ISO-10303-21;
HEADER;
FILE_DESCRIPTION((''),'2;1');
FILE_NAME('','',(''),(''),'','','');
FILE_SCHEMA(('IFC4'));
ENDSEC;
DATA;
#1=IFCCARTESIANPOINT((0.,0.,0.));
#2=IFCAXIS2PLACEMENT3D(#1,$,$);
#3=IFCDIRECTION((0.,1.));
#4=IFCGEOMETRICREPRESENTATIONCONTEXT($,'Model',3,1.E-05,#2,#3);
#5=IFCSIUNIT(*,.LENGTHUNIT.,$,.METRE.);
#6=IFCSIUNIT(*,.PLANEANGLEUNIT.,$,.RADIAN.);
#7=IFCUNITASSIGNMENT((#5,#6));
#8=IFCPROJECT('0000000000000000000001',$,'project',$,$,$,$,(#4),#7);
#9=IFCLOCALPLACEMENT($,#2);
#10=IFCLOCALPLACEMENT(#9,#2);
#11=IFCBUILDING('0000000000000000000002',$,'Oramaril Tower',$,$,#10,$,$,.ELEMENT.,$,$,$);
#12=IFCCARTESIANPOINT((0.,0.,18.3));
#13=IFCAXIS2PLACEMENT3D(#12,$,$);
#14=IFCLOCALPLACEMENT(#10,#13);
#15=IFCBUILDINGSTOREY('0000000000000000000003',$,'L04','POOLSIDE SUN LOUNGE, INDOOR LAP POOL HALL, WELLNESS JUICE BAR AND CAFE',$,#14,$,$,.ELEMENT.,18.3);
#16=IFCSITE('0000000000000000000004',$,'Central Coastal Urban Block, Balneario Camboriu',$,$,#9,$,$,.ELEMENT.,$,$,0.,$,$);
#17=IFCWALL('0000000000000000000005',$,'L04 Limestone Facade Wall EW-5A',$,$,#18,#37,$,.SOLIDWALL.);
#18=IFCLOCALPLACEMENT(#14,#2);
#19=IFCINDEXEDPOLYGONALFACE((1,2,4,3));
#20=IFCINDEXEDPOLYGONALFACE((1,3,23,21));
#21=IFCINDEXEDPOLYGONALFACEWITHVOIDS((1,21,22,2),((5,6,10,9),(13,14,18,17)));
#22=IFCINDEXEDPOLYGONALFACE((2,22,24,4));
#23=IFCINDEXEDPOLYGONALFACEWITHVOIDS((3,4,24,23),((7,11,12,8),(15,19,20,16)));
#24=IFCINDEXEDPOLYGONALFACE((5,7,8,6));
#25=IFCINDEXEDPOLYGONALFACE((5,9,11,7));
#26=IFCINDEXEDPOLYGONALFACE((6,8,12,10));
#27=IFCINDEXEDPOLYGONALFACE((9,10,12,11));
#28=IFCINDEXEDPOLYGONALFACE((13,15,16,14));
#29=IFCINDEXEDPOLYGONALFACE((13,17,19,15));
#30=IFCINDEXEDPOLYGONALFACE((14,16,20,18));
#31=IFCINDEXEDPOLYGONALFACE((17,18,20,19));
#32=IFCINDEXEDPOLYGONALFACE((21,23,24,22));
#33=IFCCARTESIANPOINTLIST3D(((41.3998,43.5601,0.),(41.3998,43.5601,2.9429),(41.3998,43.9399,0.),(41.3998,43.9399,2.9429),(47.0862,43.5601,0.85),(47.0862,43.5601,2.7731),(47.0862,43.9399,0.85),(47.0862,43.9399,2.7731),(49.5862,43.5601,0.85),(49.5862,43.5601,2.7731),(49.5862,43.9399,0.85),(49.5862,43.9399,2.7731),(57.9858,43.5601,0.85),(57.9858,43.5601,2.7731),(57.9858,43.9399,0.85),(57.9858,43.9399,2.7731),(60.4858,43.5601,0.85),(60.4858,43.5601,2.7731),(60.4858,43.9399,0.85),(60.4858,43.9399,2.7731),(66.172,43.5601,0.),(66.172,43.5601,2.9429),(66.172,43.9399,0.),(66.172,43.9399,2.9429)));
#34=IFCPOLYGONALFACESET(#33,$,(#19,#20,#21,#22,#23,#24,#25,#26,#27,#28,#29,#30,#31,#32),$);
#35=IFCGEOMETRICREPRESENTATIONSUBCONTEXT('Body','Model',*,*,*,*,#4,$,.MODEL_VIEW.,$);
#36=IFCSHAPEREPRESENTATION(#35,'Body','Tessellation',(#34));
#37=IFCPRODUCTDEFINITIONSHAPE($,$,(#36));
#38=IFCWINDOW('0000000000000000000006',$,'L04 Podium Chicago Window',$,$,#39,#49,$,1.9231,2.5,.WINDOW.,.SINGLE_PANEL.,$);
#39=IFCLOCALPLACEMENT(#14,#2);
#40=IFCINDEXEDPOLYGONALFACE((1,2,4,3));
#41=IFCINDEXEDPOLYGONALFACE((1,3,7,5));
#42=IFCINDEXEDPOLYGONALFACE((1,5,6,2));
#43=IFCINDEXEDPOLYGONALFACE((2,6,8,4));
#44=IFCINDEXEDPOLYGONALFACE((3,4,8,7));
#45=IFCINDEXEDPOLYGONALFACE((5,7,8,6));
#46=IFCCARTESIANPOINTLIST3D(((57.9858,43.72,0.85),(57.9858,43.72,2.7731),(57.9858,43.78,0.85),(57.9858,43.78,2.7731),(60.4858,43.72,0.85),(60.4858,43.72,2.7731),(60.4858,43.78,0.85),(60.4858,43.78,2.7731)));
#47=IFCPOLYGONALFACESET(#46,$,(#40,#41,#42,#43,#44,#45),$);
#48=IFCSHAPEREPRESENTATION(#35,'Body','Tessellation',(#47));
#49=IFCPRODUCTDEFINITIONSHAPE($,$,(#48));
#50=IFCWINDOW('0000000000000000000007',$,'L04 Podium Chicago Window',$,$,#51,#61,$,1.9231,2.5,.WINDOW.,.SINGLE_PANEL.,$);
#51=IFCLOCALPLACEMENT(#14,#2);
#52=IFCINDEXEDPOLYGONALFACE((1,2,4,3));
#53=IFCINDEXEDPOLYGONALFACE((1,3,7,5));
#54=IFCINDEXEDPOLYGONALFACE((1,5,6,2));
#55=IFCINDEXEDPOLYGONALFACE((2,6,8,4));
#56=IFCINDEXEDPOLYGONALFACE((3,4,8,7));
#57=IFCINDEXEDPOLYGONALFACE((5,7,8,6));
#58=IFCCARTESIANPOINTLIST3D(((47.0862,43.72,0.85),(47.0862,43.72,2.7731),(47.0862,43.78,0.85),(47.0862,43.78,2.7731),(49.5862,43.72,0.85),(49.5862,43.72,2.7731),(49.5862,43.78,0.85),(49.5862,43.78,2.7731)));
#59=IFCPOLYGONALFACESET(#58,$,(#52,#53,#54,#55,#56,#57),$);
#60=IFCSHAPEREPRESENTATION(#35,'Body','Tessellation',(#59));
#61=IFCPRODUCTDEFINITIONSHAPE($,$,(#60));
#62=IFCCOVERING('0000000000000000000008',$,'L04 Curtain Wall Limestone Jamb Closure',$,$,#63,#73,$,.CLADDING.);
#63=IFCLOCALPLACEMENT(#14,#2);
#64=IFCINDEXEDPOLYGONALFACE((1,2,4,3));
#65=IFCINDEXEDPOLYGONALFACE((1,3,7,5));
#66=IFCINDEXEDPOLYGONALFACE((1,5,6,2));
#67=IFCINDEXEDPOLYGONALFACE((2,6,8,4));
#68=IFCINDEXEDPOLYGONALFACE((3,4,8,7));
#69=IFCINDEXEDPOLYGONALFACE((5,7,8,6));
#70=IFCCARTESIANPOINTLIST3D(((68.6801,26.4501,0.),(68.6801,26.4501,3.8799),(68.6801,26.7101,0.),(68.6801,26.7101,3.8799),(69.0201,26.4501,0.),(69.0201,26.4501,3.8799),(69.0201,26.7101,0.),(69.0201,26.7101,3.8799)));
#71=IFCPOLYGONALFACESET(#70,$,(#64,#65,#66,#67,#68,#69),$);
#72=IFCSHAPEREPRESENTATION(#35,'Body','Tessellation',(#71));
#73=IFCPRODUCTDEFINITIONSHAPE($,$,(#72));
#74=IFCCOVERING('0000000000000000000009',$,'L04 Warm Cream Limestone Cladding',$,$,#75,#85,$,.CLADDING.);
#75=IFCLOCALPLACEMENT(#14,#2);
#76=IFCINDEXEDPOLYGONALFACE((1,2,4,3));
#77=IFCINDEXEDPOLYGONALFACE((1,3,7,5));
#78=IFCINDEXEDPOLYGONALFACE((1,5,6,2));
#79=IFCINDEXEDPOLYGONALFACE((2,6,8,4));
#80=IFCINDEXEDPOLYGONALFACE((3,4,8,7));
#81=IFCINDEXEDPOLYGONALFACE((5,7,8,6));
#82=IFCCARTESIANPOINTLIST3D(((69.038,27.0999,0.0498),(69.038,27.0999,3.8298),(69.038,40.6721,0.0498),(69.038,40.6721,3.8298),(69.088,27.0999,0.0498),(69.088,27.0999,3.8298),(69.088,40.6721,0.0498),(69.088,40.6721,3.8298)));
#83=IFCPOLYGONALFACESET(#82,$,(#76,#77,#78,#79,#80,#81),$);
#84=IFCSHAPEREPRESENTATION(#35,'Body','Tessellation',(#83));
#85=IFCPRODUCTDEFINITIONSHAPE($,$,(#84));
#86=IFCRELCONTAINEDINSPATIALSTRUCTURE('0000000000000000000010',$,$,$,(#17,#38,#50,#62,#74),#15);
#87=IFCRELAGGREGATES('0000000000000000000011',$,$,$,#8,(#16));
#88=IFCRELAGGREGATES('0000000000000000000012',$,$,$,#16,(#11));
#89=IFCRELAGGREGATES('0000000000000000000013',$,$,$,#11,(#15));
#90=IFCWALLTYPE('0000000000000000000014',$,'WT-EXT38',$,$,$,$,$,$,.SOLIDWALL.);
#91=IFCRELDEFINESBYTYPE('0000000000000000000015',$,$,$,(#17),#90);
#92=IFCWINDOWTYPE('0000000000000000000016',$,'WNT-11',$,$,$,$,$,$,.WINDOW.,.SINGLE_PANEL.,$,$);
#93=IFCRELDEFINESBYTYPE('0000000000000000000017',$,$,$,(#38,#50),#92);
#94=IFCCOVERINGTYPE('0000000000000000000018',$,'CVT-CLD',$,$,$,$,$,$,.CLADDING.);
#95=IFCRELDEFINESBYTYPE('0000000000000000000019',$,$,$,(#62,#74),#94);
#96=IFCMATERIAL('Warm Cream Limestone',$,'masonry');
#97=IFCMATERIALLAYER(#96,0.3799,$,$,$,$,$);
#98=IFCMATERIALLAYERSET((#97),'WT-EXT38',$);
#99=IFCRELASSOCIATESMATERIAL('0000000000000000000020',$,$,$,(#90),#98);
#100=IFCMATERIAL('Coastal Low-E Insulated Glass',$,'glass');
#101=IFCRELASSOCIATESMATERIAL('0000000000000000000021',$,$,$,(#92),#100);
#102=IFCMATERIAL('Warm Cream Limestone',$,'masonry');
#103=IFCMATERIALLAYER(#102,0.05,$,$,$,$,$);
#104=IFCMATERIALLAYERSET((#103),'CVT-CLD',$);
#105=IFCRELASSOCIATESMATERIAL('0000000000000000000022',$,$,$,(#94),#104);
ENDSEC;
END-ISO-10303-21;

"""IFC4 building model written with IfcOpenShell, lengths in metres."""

from ifc_helpers import new_model, si_unit, direction, frame, frame_2d, origin, origin_2d, place, context, subcontext, project, spatial, rectangle, extrude, material, layer, layer_set, type_object, element, fill, save


model = new_model("IFC4")

# Units and contexts
model_context = context("Model", 3, precision=1e-05, world=origin(), true_north=direction((0.0, 1.0)))
body_context = subcontext(model_context, "Body", "Model", "MODEL_VIEW")
ifc_project = project(units=[si_unit("LENGTHUNIT", "METRE"), si_unit("PLANEANGLEUNIT", "RADIAN")], contexts=[model_context])

# Site, building, storey
site_placement = place(None, origin())
site = spatial("IfcSite", under=ifc_project, at=site_placement, Name="Central Coastal Urban Block, Balneario Camboriu", CompositionType="ELEMENT", RefElevation=0.0)
building_placement = place(site_placement, origin())
building = spatial("IfcBuilding", under=site, at=building_placement, Name="Oramaril Tower", CompositionType="ELEMENT")
storey_placement = place(building_placement, frame((0.0, 0.0, 18.3)))
storey = spatial("IfcBuildingStorey", under=building, at=storey_placement, Name="L04", Description="POOLSIDE SUN LOUNGE, INDOOR LAP POOL HALL, WELLNESS JUICE BAR AND CAFE", CompositionType="ELEMENT", Elevation=18.3)

# Shared definitions
ifc_material_1 = material(Name="Warm Cream Limestone", Category="masonry")
ifc_layer_1 = layer(ifc_material_1, 0.3799)
ifc_layer_set_1 = layer_set([ifc_layer_1], Name="WT-EXT38")
wall_type = type_object("IfcWallType", Name="WT-EXT38", PredefinedType="SOLIDWALL", material=ifc_layer_set_1)

# Wall, openings, windows
wall_1_placement = place(storey_placement, frame((66.1721, 43.75, 0.0), z_axis=(0.0, 0.0, 1.0), x_axis=(-1.0, 0.0, 0.0)))
wall_1 = element("IfcWall", 1, at=wall_1_placement, inside=storey, type_object=wall_type, Name="L04 Limestone Facade Wall EW-5A", PredefinedType="SOLIDWALL", context=body_context, shape_type="SweptSolid", body=[
    extrude(rectangle(XDim=24.7722, YDim=0.3799, at=frame_2d((12.3862, 0.0))), origin(), (0.0, 0.0, 1.0), 2.9429),
])
opening_1_placement = place(wall_1_placement, frame((5.6863, 0.0, 0.8501)))
opening_1 = element("IfcOpeningElement", 2, at=opening_1_placement, cuts=wall_1, PredefinedType="OPENING", context=body_context, shape_type="SweptSolid", body=[
    extrude(rectangle(XDim=2.5, YDim=1.9231, at=frame_2d((1.25, 0.9614))), frame((0.0, 0.1899, 0.0), z_axis=(0.0, -1.0, 0.0), x_axis=(1.0, 0.0, 0.0)), (0.0, 0.0, 1.0), 0.3799),
])
opening_2_placement = place(wall_1_placement, frame((16.5859, 0.0, 0.8501)))
opening_2 = element("IfcOpeningElement", 3, at=opening_2_placement, cuts=wall_1, PredefinedType="OPENING", context=body_context, shape_type="SweptSolid", body=[
    extrude(rectangle(XDim=2.5, YDim=1.9231, at=frame_2d((1.25, 0.9614))), frame((0.0, 0.1899, 0.0), z_axis=(0.0, -1.0, 0.0), x_axis=(1.0, 0.0, 0.0)), (0.0, 0.0, 1.0), 0.3799),
])
ifc_material_2 = material(Name="Coastal Low-E Insulated Glass", Category="glass")
window_type = type_object("IfcWindowType", Name="WNT-11", PartitioningType="SINGLE_PANEL", PredefinedType="WINDOW", material=ifc_material_2)
window_1_placement = place(opening_1_placement, origin())
window_1 = element("IfcWindow", 4, at=window_1_placement, inside=storey, type_object=window_type, Name="L04 Podium Chicago Window", OverallHeight=1.9231, OverallWidth=2.5, PartitioningType="SINGLE_PANEL", PredefinedType="WINDOW", context=body_context, shape_type="SweptSolid", body=[
    extrude(rectangle(XDim=2.5, YDim=1.9231, at=frame_2d((1.25, 0.9614))), frame((0.0, 0.03, 0.0), z_axis=(0.0, -1.0, 0.0), x_axis=(1.0, 0.0, 0.0)), (0.0, 0.0, 1.0), 0.0601),
])
fill(opening_1, window_1)
window_2_placement = place(opening_2_placement, origin())
window_2 = element("IfcWindow", 5, at=window_2_placement, inside=storey, type_object=window_type, Name="L04 Podium Chicago Window", OverallHeight=1.9231, OverallWidth=2.5, PartitioningType="SINGLE_PANEL", PredefinedType="WINDOW", context=body_context, shape_type="SweptSolid", body=[
    extrude(rectangle(XDim=2.5, YDim=1.9231, at=frame_2d((1.25, 0.9614))), frame((0.0, 0.03, 0.0), z_axis=(0.0, -1.0, 0.0), x_axis=(1.0, 0.0, 0.0)), (0.0, 0.0, 1.0), 0.0601),
])
fill(opening_2, window_2)

# Coverings
ifc_material_3 = material(Name="Warm Cream Limestone", Category="masonry")
ifc_layer_2 = layer(ifc_material_3, 0.05)
ifc_layer_set_2 = layer_set([ifc_layer_2], Name="CVT-CLD")
covering_type = type_object("IfcCoveringType", Name="CVT-CLD", PredefinedType="CLADDING", material=ifc_layer_set_2)
covering_1_placement = place(storey_placement, frame((68.8501, 26.5801, 0.0), z_axis=(0.0, 0.0, 1.0), x_axis=(0.0, 1.0, 0.0)))
element("IfcCovering", 6, at=covering_1_placement, inside=storey, type_object=covering_type, Name="L04 Curtain Wall Limestone Jamb Closure", PredefinedType="CLADDING", context=body_context, shape_type="SweptSolid", body=[
    extrude(rectangle(XDim=0.26, YDim=0.3401, at=origin_2d()), origin(), (0.0, 0.0, 1.0), 3.8799),
])
covering_2_placement = place(storey_placement, frame((69.063, 33.886, 0.0498), z_axis=(0.0, 0.0, 1.0), x_axis=(0.0, 1.0, 0.0)))
element("IfcCovering", 7, at=covering_2_placement, inside=storey, type_object=covering_type, Name="L04 Warm Cream Limestone Cladding", PredefinedType="CLADDING", context=body_context, shape_type="SweptSolid", body=[
    extrude(rectangle(XDim=13.5723, YDim=0.05, at=origin_2d()), origin(), (0.0, 0.0, 1.0), 3.78),
])

save(model, "model.ifc")
